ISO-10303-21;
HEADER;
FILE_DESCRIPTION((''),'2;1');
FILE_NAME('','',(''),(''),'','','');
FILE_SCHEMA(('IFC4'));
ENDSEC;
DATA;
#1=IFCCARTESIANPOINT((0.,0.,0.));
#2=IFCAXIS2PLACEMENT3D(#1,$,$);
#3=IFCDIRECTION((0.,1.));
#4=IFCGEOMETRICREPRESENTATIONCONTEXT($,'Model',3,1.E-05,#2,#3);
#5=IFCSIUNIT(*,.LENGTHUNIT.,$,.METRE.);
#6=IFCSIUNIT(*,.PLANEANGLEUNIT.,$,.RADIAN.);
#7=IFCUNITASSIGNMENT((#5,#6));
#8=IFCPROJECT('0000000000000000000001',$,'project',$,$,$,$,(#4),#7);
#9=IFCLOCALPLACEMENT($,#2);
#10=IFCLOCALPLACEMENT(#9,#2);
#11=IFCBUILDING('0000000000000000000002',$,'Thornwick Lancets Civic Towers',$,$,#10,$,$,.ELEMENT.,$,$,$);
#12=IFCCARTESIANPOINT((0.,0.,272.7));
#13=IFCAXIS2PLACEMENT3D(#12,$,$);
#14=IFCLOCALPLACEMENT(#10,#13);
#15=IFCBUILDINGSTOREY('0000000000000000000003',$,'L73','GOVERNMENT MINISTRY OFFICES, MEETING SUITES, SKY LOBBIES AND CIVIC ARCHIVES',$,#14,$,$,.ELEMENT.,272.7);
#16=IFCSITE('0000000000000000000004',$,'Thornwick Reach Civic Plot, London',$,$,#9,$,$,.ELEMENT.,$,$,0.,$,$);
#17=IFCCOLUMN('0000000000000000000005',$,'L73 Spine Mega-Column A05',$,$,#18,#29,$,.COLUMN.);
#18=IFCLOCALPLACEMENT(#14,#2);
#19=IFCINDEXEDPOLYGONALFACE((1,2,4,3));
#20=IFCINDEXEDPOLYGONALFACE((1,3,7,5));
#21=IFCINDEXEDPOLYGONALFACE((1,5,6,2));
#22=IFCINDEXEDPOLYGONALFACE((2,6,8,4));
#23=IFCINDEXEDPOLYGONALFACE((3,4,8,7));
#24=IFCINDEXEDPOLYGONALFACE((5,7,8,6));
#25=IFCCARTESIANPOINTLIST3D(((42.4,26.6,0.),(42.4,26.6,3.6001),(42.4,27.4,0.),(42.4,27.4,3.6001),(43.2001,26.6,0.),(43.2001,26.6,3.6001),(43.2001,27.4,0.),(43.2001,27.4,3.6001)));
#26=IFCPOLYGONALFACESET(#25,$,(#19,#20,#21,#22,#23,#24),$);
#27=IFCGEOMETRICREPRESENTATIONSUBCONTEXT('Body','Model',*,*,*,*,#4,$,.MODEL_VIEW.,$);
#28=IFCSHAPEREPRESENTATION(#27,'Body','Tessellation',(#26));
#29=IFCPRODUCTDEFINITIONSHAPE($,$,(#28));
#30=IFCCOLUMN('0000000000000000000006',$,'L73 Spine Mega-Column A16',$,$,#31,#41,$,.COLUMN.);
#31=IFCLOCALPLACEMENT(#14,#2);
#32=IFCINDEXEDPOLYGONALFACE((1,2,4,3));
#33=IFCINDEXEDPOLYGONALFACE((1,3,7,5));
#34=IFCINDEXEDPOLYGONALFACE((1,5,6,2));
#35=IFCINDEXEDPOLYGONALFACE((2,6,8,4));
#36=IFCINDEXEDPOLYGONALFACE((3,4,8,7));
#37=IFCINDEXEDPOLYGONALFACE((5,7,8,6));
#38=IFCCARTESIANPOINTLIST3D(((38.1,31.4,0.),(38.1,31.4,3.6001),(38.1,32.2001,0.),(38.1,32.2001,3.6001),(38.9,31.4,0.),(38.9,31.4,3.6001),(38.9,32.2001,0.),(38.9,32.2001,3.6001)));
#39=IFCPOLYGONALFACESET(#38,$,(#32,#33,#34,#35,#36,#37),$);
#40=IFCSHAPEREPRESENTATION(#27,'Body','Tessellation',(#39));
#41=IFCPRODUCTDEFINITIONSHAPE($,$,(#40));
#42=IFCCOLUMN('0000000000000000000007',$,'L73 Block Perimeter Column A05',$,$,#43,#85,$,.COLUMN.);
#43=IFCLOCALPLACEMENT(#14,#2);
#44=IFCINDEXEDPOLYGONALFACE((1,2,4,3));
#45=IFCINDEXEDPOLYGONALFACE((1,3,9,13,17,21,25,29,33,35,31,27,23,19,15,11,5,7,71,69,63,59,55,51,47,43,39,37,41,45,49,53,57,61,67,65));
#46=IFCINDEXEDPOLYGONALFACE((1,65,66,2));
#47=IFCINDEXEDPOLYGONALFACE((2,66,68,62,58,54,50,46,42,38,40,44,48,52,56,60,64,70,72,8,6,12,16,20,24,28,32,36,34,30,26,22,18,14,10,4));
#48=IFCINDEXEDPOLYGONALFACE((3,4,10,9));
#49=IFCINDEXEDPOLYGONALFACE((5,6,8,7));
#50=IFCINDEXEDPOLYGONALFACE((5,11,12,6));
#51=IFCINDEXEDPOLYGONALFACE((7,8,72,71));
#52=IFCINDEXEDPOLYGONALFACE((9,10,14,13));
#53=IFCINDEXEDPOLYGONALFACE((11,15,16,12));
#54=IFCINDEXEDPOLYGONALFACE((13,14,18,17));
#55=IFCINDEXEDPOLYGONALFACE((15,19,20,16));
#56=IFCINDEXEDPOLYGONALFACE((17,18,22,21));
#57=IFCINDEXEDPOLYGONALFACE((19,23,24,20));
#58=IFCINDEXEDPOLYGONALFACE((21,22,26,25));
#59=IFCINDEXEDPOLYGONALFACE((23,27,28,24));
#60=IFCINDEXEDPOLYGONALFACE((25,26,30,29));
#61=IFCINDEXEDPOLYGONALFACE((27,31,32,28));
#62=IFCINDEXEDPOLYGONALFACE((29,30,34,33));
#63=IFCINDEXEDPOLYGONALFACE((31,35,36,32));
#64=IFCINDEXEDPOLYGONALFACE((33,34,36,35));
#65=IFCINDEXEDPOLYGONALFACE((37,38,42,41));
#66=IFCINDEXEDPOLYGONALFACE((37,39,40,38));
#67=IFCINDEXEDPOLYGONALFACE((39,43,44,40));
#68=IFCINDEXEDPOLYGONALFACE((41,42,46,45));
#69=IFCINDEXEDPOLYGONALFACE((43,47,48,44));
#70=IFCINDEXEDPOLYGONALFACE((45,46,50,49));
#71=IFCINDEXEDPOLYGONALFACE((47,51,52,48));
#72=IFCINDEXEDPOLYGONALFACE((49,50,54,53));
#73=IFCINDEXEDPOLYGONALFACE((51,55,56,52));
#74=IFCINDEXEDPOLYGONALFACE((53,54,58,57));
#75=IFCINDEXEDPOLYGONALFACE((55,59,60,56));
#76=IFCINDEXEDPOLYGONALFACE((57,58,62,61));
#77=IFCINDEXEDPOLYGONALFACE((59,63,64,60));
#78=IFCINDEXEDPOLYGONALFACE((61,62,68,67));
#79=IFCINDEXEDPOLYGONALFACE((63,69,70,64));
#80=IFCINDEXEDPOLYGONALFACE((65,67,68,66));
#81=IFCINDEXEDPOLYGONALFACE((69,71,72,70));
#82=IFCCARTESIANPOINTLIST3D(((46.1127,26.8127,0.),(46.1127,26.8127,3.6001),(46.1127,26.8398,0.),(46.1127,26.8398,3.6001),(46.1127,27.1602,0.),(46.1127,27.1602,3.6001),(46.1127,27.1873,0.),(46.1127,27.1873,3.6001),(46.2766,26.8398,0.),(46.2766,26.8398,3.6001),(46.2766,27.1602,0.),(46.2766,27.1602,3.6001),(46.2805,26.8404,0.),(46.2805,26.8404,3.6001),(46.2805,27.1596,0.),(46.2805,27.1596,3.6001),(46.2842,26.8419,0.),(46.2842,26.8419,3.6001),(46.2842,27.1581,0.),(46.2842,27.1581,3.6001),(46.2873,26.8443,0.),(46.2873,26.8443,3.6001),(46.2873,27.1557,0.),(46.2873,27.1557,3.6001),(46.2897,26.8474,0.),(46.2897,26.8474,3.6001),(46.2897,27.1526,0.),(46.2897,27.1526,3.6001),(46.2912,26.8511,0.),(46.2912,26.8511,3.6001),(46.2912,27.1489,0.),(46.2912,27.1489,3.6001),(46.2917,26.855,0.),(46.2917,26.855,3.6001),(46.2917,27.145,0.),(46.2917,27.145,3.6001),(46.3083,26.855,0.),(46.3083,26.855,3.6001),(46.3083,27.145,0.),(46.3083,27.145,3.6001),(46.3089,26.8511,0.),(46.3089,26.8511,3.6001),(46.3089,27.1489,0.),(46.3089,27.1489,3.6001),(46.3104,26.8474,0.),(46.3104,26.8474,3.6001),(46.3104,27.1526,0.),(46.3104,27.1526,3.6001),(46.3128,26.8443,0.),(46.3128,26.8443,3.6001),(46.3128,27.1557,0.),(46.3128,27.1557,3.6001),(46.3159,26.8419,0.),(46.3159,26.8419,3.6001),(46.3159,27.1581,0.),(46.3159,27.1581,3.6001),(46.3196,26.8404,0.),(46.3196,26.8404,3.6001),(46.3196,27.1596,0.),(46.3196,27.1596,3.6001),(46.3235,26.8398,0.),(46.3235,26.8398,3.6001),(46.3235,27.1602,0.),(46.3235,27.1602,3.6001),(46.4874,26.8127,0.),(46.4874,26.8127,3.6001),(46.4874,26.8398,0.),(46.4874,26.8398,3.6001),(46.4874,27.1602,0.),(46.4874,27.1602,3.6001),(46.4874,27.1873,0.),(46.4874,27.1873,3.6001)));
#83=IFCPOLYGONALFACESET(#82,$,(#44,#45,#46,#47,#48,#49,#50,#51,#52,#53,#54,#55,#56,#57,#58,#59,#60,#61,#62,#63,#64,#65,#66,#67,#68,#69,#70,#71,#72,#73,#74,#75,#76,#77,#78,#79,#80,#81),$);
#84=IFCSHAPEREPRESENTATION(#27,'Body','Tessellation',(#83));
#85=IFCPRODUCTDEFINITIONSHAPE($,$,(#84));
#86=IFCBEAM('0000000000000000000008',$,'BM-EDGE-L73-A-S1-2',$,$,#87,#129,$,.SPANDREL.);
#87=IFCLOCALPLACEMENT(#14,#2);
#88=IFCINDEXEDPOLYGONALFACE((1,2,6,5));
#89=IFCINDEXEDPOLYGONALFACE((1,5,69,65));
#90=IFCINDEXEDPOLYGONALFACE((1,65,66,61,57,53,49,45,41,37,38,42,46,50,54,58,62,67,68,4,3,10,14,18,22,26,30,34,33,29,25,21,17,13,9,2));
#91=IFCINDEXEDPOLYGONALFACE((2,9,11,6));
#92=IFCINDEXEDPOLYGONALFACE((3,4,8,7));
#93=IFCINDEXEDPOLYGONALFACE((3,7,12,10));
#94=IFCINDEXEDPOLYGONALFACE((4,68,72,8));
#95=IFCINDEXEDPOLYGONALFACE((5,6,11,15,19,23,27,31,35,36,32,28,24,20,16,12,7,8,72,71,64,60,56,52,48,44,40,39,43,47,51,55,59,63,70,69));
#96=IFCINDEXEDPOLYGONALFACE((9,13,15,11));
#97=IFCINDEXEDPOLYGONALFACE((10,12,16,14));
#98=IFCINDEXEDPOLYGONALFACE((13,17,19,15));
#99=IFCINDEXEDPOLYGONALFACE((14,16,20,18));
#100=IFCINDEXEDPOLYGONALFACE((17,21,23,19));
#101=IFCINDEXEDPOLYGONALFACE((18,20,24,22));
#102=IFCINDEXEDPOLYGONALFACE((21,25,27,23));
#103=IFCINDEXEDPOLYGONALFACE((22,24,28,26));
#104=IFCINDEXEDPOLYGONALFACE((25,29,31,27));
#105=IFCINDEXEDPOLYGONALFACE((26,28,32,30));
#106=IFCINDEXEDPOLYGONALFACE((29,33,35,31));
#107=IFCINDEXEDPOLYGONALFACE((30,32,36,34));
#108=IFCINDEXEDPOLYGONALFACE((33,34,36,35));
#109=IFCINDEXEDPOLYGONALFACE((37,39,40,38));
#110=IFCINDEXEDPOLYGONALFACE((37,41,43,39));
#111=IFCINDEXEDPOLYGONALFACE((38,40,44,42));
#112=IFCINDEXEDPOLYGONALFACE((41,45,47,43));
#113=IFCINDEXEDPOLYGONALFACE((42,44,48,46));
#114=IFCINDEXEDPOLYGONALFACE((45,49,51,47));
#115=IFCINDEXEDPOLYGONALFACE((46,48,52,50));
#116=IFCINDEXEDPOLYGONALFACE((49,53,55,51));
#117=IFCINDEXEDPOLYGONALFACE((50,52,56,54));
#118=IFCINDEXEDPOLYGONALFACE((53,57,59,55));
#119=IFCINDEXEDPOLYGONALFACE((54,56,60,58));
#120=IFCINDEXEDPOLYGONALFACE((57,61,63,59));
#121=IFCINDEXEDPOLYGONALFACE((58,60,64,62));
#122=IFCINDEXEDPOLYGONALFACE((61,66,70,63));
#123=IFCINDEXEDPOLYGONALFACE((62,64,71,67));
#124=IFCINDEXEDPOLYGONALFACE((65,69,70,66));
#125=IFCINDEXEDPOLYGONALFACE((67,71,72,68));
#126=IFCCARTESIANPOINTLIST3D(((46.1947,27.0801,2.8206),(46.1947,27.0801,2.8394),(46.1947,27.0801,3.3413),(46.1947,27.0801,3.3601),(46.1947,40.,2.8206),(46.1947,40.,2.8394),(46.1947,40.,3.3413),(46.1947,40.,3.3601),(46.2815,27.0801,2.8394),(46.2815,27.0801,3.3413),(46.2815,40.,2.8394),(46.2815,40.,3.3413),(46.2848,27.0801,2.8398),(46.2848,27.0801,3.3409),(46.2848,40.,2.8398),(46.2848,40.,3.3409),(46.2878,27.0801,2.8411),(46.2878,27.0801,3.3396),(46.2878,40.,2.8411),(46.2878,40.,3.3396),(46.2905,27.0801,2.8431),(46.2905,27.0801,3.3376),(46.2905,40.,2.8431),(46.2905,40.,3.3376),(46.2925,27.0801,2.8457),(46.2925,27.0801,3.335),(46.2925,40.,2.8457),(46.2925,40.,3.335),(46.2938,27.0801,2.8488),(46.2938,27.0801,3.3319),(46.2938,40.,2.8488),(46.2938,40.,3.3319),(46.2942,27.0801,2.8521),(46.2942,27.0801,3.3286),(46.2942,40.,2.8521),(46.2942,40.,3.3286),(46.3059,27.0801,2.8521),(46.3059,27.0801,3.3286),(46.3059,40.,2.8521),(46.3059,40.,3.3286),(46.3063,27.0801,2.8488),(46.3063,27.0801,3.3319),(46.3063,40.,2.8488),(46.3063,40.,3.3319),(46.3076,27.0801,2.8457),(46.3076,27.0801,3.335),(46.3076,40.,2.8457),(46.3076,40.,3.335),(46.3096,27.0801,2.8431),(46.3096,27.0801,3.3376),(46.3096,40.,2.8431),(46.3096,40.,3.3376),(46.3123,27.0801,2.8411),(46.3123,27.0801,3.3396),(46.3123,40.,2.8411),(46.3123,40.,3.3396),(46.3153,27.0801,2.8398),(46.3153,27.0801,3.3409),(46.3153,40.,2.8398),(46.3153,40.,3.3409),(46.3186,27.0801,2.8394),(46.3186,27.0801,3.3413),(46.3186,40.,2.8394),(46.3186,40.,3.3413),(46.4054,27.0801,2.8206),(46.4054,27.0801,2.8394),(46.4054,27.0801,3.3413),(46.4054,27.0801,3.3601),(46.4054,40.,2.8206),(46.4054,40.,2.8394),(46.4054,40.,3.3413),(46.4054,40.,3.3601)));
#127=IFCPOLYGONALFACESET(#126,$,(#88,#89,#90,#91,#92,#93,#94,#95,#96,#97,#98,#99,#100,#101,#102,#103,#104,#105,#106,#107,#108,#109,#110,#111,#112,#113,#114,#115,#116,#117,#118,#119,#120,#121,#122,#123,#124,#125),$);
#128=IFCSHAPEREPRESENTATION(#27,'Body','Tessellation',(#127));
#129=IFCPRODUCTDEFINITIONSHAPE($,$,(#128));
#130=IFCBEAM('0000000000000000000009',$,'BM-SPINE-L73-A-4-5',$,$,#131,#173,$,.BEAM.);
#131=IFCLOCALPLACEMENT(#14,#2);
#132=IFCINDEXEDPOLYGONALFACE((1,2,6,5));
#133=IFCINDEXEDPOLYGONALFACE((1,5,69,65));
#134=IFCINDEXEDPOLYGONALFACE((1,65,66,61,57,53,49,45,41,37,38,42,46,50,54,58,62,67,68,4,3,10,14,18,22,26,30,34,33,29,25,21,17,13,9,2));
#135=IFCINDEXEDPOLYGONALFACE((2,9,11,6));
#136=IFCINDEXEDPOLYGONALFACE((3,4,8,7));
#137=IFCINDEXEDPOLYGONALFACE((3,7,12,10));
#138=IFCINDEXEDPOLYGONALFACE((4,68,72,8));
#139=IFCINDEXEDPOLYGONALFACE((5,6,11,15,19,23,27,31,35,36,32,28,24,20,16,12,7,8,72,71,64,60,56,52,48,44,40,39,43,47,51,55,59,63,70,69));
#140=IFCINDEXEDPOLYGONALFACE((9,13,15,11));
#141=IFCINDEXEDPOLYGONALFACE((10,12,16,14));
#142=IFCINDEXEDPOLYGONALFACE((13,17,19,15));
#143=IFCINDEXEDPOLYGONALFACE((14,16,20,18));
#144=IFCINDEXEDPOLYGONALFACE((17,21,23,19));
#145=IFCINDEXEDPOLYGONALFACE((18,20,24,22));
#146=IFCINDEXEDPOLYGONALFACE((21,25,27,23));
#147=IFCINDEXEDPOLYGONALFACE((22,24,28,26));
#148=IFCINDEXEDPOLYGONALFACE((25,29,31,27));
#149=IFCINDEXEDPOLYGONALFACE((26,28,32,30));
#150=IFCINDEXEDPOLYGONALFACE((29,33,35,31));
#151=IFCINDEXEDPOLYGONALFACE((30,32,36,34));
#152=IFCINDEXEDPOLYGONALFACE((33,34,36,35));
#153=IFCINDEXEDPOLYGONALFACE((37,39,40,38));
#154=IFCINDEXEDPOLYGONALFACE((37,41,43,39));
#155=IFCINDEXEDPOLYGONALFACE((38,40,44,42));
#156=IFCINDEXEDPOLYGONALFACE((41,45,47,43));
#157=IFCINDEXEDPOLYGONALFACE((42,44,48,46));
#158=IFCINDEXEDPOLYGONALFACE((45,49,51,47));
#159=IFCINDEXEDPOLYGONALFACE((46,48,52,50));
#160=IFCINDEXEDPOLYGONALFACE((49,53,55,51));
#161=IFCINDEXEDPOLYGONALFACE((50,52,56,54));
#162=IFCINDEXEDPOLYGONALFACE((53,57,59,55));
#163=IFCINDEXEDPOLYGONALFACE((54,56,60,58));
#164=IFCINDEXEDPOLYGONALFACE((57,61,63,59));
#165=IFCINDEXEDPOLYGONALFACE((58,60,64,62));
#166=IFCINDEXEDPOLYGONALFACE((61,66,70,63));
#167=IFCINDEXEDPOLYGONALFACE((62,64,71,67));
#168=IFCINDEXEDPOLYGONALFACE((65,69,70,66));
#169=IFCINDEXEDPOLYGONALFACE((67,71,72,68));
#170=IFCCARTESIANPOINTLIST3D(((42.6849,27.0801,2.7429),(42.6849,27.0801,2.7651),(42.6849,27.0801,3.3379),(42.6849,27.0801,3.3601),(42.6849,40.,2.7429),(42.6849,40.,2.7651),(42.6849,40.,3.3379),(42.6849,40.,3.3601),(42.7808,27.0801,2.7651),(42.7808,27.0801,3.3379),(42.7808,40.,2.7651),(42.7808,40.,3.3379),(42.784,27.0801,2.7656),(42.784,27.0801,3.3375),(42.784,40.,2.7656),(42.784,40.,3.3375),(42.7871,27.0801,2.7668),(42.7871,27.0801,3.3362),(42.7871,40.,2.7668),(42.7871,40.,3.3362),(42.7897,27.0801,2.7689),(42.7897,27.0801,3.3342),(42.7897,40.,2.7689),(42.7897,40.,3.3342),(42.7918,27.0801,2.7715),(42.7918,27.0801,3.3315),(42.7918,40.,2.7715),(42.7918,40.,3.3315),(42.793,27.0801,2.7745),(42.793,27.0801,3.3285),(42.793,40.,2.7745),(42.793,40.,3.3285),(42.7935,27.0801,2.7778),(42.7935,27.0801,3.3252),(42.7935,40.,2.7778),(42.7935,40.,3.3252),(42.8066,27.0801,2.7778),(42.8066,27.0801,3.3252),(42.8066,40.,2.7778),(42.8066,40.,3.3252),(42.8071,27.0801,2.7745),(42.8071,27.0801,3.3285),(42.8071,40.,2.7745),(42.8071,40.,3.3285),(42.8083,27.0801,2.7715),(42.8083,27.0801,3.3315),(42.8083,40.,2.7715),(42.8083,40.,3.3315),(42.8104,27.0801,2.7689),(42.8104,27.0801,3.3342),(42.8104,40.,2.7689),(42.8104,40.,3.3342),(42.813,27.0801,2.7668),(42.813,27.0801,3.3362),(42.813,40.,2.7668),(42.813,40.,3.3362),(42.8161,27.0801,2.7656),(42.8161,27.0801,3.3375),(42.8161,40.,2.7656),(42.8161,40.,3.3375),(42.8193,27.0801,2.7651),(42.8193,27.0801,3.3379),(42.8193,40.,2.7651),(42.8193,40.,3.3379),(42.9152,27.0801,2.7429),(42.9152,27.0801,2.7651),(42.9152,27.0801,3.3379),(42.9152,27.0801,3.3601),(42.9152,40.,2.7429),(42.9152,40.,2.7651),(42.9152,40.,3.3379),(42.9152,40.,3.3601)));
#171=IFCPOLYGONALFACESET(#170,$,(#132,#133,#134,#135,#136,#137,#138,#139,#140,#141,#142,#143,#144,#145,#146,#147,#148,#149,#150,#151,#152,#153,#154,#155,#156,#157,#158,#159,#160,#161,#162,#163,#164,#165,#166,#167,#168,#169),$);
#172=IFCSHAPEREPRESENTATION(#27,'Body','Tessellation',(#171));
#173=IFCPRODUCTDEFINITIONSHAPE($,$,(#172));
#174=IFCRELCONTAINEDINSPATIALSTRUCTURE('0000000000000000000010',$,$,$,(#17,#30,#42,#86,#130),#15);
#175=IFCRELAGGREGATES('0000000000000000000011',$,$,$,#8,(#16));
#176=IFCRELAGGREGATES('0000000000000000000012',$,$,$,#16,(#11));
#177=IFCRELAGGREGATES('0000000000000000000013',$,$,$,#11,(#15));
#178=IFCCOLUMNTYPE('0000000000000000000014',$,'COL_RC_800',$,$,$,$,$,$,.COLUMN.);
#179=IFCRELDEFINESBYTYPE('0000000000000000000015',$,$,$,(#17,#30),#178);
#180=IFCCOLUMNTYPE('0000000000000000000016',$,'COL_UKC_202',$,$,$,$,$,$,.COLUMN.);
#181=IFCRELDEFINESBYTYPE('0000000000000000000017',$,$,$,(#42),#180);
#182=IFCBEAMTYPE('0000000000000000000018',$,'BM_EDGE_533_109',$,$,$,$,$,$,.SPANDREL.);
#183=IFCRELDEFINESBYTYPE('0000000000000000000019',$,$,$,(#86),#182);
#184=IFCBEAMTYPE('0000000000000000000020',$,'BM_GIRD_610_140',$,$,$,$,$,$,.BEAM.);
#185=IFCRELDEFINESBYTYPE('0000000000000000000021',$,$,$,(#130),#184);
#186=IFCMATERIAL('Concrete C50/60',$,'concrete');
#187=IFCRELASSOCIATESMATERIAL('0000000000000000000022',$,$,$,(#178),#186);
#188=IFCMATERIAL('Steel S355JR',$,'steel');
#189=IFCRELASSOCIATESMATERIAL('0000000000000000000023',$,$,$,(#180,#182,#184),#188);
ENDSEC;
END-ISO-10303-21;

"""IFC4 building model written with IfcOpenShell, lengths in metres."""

from ifc_helpers import new_model, si_unit, direction, frame, origin, origin_2d, place, context, subcontext, project, spatial, rectangle, i_section, extrude, material, material_profile, profile_set, type_object, element, save


model = new_model("IFC4")

# Units and contexts
model_context = context("Model", 3, precision=1e-05, world=origin(), true_north=direction((0.0, 1.0)))
body_context = subcontext(model_context, "Body", "Model", "MODEL_VIEW")
ifc_project = project(units=[si_unit("LENGTHUNIT", "METRE"), si_unit("PLANEANGLEUNIT", "RADIAN")], contexts=[model_context])

# Site, building, storey
site_placement = place(None, origin())
site = spatial("IfcSite", under=ifc_project, at=site_placement, Name="Thornwick Reach Civic Plot, London", CompositionType="ELEMENT", RefElevation=0.0)
building_placement = place(site_placement, origin())
building = spatial("IfcBuilding", under=site, at=building_placement, Name="Thornwick Lancets Civic Towers", CompositionType="ELEMENT")
storey_placement = place(building_placement, frame((0.0, 0.0, 272.7)))
storey = spatial("IfcBuildingStorey", under=building, at=storey_placement, Name="L73", Description="GOVERNMENT MINISTRY OFFICES, MEETING SUITES, SKY LOBBIES AND CIVIC ARCHIVES", CompositionType="ELEMENT", Elevation=272.7)

# Columns
ifc_material_1 = material(Name="Concrete C50/60", Category="concrete")
ifc_material_profile_1 = material_profile(ifc_material_1, rectangle(XDim=0.8, YDim=0.8, at=origin_2d()), Name="RC 800x800")
ifc_profile_set_1 = profile_set([ifc_material_profile_1], Name="Concrete C50/60")
column_type_1 = type_object("IfcColumnType", Name="COL_RC_800", PredefinedType="COLUMN", material=ifc_profile_set_1)
for number, where, z_axis, x_axis, name in (
    (1, (42.8, 27.0, 0.0), (0.0, 0.0, 1.0), (1.0, 0.0, 0.0), "L73 Spine Mega-Column A05"),
    (2, (38.5, 31.8, 0.0), (0.0, 0.0, 1.0), (1.0, 0.0, 0.0), "L73 Spine Mega-Column A16"),
):
    element("IfcColumn", number, at=place(storey_placement, frame(where, z_axis=z_axis, x_axis=x_axis)), inside=storey, type_object=column_type_1, Name=name, PredefinedType="COLUMN", context=body_context, shape_type="SweptSolid", body=[
        extrude(rectangle(XDim=0.8, YDim=0.8, at=origin_2d()), origin(), (0.0, 0.0, 1.0), 3.6001),
    ])
ifc_material_2 = material(Name="Steel S355JR", Category="steel")
ifc_material_profile_2 = material_profile(ifc_material_2, i_section(OverallWidth=0.3748, OverallDepth=0.3745, WebThickness=0.0166, FlangeThickness=0.0271, FilletRadius=0.0151, at=origin_2d()), Name="UKC 356x368x202")
ifc_profile_set_2 = profile_set([ifc_material_profile_2], Name="Steel S355JR")
column_type_2 = type_object("IfcColumnType", Name="COL_UKC_202", PredefinedType="COLUMN", material=ifc_profile_set_2)
column_placement = place(storey_placement, frame((46.3, 27.0, 0.0), z_axis=(0.0, 0.0, 1.0), x_axis=(1.0, 0.0, 0.0)))
element("IfcColumn", 3, at=column_placement, inside=storey, type_object=column_type_2, Name="L73 Block Perimeter Column A05", PredefinedType="COLUMN", context=body_context, shape_type="SweptSolid", body=[
    extrude(i_section(OverallWidth=0.3748, OverallDepth=0.3745, WebThickness=0.0166, FlangeThickness=0.0271, FilletRadius=0.0151, at=origin_2d()), origin(), (0.0, 0.0, 1.0), 3.6001),
])

# Beams
ifc_material_profile_3 = material_profile(ifc_material_2, i_section(OverallWidth=0.2107, OverallDepth=0.5396, WebThickness=0.0117, FlangeThickness=0.0188, FilletRadius=0.0127, at=origin_2d()), Name="UKB 533x210x109")
ifc_profile_set_3 = profile_set([ifc_material_profile_3], Name="Steel S355JR")
beam_type_1 = type_object("IfcBeamType", Name="BM_EDGE_533_109", PredefinedType="SPANDREL", material=ifc_profile_set_3)
beam_1_placement = place(storey_placement, frame((46.3, 27.0801, 3.0903), z_axis=(0.0, 1.0, 0.0), x_axis=(-1.0, 0.0, 0.0)))
element("IfcBeam", 4, at=beam_1_placement, inside=storey, type_object=beam_type_1, Name="BM-EDGE-L73-A-S1-2", PredefinedType="SPANDREL", context=body_context, shape_type="SweptSolid", body=[
    extrude(i_section(OverallWidth=0.2107, OverallDepth=0.5396, WebThickness=0.0117, FlangeThickness=0.0188, FilletRadius=0.0127, at=origin_2d()), origin(), (0.0, 0.0, 1.0), 12.9199),
])
ifc_material_profile_4 = material_profile(ifc_material_2, i_section(OverallWidth=0.2302, OverallDepth=0.6172, WebThickness=0.0132, FlangeThickness=0.0222, FilletRadius=0.0127, at=origin_2d()), Name="UKB 610x229x140")
ifc_profile_set_4 = profile_set([ifc_material_profile_4], Name="Steel S355JR")
beam_type_2 = type_object("IfcBeamType", Name="BM_GIRD_610_140", PredefinedType="BEAM", material=ifc_profile_set_4)
beam_2_placement = place(storey_placement, frame((42.8, 27.0801, 3.0515), z_axis=(0.0, 1.0, 0.0), x_axis=(-1.0, 0.0, 0.0)))
element("IfcBeam", 5, at=beam_2_placement, inside=storey, type_object=beam_type_2, Name="BM-SPINE-L73-A-4-5", PredefinedType="BEAM", context=body_context, shape_type="SweptSolid", body=[
    extrude(i_section(OverallWidth=0.2302, OverallDepth=0.6172, WebThickness=0.0132, FlangeThickness=0.0222, FilletRadius=0.0127, at=origin_2d()), origin(), (0.0, 0.0, 1.0), 12.9199),
])

save(model, "model.ifc")
